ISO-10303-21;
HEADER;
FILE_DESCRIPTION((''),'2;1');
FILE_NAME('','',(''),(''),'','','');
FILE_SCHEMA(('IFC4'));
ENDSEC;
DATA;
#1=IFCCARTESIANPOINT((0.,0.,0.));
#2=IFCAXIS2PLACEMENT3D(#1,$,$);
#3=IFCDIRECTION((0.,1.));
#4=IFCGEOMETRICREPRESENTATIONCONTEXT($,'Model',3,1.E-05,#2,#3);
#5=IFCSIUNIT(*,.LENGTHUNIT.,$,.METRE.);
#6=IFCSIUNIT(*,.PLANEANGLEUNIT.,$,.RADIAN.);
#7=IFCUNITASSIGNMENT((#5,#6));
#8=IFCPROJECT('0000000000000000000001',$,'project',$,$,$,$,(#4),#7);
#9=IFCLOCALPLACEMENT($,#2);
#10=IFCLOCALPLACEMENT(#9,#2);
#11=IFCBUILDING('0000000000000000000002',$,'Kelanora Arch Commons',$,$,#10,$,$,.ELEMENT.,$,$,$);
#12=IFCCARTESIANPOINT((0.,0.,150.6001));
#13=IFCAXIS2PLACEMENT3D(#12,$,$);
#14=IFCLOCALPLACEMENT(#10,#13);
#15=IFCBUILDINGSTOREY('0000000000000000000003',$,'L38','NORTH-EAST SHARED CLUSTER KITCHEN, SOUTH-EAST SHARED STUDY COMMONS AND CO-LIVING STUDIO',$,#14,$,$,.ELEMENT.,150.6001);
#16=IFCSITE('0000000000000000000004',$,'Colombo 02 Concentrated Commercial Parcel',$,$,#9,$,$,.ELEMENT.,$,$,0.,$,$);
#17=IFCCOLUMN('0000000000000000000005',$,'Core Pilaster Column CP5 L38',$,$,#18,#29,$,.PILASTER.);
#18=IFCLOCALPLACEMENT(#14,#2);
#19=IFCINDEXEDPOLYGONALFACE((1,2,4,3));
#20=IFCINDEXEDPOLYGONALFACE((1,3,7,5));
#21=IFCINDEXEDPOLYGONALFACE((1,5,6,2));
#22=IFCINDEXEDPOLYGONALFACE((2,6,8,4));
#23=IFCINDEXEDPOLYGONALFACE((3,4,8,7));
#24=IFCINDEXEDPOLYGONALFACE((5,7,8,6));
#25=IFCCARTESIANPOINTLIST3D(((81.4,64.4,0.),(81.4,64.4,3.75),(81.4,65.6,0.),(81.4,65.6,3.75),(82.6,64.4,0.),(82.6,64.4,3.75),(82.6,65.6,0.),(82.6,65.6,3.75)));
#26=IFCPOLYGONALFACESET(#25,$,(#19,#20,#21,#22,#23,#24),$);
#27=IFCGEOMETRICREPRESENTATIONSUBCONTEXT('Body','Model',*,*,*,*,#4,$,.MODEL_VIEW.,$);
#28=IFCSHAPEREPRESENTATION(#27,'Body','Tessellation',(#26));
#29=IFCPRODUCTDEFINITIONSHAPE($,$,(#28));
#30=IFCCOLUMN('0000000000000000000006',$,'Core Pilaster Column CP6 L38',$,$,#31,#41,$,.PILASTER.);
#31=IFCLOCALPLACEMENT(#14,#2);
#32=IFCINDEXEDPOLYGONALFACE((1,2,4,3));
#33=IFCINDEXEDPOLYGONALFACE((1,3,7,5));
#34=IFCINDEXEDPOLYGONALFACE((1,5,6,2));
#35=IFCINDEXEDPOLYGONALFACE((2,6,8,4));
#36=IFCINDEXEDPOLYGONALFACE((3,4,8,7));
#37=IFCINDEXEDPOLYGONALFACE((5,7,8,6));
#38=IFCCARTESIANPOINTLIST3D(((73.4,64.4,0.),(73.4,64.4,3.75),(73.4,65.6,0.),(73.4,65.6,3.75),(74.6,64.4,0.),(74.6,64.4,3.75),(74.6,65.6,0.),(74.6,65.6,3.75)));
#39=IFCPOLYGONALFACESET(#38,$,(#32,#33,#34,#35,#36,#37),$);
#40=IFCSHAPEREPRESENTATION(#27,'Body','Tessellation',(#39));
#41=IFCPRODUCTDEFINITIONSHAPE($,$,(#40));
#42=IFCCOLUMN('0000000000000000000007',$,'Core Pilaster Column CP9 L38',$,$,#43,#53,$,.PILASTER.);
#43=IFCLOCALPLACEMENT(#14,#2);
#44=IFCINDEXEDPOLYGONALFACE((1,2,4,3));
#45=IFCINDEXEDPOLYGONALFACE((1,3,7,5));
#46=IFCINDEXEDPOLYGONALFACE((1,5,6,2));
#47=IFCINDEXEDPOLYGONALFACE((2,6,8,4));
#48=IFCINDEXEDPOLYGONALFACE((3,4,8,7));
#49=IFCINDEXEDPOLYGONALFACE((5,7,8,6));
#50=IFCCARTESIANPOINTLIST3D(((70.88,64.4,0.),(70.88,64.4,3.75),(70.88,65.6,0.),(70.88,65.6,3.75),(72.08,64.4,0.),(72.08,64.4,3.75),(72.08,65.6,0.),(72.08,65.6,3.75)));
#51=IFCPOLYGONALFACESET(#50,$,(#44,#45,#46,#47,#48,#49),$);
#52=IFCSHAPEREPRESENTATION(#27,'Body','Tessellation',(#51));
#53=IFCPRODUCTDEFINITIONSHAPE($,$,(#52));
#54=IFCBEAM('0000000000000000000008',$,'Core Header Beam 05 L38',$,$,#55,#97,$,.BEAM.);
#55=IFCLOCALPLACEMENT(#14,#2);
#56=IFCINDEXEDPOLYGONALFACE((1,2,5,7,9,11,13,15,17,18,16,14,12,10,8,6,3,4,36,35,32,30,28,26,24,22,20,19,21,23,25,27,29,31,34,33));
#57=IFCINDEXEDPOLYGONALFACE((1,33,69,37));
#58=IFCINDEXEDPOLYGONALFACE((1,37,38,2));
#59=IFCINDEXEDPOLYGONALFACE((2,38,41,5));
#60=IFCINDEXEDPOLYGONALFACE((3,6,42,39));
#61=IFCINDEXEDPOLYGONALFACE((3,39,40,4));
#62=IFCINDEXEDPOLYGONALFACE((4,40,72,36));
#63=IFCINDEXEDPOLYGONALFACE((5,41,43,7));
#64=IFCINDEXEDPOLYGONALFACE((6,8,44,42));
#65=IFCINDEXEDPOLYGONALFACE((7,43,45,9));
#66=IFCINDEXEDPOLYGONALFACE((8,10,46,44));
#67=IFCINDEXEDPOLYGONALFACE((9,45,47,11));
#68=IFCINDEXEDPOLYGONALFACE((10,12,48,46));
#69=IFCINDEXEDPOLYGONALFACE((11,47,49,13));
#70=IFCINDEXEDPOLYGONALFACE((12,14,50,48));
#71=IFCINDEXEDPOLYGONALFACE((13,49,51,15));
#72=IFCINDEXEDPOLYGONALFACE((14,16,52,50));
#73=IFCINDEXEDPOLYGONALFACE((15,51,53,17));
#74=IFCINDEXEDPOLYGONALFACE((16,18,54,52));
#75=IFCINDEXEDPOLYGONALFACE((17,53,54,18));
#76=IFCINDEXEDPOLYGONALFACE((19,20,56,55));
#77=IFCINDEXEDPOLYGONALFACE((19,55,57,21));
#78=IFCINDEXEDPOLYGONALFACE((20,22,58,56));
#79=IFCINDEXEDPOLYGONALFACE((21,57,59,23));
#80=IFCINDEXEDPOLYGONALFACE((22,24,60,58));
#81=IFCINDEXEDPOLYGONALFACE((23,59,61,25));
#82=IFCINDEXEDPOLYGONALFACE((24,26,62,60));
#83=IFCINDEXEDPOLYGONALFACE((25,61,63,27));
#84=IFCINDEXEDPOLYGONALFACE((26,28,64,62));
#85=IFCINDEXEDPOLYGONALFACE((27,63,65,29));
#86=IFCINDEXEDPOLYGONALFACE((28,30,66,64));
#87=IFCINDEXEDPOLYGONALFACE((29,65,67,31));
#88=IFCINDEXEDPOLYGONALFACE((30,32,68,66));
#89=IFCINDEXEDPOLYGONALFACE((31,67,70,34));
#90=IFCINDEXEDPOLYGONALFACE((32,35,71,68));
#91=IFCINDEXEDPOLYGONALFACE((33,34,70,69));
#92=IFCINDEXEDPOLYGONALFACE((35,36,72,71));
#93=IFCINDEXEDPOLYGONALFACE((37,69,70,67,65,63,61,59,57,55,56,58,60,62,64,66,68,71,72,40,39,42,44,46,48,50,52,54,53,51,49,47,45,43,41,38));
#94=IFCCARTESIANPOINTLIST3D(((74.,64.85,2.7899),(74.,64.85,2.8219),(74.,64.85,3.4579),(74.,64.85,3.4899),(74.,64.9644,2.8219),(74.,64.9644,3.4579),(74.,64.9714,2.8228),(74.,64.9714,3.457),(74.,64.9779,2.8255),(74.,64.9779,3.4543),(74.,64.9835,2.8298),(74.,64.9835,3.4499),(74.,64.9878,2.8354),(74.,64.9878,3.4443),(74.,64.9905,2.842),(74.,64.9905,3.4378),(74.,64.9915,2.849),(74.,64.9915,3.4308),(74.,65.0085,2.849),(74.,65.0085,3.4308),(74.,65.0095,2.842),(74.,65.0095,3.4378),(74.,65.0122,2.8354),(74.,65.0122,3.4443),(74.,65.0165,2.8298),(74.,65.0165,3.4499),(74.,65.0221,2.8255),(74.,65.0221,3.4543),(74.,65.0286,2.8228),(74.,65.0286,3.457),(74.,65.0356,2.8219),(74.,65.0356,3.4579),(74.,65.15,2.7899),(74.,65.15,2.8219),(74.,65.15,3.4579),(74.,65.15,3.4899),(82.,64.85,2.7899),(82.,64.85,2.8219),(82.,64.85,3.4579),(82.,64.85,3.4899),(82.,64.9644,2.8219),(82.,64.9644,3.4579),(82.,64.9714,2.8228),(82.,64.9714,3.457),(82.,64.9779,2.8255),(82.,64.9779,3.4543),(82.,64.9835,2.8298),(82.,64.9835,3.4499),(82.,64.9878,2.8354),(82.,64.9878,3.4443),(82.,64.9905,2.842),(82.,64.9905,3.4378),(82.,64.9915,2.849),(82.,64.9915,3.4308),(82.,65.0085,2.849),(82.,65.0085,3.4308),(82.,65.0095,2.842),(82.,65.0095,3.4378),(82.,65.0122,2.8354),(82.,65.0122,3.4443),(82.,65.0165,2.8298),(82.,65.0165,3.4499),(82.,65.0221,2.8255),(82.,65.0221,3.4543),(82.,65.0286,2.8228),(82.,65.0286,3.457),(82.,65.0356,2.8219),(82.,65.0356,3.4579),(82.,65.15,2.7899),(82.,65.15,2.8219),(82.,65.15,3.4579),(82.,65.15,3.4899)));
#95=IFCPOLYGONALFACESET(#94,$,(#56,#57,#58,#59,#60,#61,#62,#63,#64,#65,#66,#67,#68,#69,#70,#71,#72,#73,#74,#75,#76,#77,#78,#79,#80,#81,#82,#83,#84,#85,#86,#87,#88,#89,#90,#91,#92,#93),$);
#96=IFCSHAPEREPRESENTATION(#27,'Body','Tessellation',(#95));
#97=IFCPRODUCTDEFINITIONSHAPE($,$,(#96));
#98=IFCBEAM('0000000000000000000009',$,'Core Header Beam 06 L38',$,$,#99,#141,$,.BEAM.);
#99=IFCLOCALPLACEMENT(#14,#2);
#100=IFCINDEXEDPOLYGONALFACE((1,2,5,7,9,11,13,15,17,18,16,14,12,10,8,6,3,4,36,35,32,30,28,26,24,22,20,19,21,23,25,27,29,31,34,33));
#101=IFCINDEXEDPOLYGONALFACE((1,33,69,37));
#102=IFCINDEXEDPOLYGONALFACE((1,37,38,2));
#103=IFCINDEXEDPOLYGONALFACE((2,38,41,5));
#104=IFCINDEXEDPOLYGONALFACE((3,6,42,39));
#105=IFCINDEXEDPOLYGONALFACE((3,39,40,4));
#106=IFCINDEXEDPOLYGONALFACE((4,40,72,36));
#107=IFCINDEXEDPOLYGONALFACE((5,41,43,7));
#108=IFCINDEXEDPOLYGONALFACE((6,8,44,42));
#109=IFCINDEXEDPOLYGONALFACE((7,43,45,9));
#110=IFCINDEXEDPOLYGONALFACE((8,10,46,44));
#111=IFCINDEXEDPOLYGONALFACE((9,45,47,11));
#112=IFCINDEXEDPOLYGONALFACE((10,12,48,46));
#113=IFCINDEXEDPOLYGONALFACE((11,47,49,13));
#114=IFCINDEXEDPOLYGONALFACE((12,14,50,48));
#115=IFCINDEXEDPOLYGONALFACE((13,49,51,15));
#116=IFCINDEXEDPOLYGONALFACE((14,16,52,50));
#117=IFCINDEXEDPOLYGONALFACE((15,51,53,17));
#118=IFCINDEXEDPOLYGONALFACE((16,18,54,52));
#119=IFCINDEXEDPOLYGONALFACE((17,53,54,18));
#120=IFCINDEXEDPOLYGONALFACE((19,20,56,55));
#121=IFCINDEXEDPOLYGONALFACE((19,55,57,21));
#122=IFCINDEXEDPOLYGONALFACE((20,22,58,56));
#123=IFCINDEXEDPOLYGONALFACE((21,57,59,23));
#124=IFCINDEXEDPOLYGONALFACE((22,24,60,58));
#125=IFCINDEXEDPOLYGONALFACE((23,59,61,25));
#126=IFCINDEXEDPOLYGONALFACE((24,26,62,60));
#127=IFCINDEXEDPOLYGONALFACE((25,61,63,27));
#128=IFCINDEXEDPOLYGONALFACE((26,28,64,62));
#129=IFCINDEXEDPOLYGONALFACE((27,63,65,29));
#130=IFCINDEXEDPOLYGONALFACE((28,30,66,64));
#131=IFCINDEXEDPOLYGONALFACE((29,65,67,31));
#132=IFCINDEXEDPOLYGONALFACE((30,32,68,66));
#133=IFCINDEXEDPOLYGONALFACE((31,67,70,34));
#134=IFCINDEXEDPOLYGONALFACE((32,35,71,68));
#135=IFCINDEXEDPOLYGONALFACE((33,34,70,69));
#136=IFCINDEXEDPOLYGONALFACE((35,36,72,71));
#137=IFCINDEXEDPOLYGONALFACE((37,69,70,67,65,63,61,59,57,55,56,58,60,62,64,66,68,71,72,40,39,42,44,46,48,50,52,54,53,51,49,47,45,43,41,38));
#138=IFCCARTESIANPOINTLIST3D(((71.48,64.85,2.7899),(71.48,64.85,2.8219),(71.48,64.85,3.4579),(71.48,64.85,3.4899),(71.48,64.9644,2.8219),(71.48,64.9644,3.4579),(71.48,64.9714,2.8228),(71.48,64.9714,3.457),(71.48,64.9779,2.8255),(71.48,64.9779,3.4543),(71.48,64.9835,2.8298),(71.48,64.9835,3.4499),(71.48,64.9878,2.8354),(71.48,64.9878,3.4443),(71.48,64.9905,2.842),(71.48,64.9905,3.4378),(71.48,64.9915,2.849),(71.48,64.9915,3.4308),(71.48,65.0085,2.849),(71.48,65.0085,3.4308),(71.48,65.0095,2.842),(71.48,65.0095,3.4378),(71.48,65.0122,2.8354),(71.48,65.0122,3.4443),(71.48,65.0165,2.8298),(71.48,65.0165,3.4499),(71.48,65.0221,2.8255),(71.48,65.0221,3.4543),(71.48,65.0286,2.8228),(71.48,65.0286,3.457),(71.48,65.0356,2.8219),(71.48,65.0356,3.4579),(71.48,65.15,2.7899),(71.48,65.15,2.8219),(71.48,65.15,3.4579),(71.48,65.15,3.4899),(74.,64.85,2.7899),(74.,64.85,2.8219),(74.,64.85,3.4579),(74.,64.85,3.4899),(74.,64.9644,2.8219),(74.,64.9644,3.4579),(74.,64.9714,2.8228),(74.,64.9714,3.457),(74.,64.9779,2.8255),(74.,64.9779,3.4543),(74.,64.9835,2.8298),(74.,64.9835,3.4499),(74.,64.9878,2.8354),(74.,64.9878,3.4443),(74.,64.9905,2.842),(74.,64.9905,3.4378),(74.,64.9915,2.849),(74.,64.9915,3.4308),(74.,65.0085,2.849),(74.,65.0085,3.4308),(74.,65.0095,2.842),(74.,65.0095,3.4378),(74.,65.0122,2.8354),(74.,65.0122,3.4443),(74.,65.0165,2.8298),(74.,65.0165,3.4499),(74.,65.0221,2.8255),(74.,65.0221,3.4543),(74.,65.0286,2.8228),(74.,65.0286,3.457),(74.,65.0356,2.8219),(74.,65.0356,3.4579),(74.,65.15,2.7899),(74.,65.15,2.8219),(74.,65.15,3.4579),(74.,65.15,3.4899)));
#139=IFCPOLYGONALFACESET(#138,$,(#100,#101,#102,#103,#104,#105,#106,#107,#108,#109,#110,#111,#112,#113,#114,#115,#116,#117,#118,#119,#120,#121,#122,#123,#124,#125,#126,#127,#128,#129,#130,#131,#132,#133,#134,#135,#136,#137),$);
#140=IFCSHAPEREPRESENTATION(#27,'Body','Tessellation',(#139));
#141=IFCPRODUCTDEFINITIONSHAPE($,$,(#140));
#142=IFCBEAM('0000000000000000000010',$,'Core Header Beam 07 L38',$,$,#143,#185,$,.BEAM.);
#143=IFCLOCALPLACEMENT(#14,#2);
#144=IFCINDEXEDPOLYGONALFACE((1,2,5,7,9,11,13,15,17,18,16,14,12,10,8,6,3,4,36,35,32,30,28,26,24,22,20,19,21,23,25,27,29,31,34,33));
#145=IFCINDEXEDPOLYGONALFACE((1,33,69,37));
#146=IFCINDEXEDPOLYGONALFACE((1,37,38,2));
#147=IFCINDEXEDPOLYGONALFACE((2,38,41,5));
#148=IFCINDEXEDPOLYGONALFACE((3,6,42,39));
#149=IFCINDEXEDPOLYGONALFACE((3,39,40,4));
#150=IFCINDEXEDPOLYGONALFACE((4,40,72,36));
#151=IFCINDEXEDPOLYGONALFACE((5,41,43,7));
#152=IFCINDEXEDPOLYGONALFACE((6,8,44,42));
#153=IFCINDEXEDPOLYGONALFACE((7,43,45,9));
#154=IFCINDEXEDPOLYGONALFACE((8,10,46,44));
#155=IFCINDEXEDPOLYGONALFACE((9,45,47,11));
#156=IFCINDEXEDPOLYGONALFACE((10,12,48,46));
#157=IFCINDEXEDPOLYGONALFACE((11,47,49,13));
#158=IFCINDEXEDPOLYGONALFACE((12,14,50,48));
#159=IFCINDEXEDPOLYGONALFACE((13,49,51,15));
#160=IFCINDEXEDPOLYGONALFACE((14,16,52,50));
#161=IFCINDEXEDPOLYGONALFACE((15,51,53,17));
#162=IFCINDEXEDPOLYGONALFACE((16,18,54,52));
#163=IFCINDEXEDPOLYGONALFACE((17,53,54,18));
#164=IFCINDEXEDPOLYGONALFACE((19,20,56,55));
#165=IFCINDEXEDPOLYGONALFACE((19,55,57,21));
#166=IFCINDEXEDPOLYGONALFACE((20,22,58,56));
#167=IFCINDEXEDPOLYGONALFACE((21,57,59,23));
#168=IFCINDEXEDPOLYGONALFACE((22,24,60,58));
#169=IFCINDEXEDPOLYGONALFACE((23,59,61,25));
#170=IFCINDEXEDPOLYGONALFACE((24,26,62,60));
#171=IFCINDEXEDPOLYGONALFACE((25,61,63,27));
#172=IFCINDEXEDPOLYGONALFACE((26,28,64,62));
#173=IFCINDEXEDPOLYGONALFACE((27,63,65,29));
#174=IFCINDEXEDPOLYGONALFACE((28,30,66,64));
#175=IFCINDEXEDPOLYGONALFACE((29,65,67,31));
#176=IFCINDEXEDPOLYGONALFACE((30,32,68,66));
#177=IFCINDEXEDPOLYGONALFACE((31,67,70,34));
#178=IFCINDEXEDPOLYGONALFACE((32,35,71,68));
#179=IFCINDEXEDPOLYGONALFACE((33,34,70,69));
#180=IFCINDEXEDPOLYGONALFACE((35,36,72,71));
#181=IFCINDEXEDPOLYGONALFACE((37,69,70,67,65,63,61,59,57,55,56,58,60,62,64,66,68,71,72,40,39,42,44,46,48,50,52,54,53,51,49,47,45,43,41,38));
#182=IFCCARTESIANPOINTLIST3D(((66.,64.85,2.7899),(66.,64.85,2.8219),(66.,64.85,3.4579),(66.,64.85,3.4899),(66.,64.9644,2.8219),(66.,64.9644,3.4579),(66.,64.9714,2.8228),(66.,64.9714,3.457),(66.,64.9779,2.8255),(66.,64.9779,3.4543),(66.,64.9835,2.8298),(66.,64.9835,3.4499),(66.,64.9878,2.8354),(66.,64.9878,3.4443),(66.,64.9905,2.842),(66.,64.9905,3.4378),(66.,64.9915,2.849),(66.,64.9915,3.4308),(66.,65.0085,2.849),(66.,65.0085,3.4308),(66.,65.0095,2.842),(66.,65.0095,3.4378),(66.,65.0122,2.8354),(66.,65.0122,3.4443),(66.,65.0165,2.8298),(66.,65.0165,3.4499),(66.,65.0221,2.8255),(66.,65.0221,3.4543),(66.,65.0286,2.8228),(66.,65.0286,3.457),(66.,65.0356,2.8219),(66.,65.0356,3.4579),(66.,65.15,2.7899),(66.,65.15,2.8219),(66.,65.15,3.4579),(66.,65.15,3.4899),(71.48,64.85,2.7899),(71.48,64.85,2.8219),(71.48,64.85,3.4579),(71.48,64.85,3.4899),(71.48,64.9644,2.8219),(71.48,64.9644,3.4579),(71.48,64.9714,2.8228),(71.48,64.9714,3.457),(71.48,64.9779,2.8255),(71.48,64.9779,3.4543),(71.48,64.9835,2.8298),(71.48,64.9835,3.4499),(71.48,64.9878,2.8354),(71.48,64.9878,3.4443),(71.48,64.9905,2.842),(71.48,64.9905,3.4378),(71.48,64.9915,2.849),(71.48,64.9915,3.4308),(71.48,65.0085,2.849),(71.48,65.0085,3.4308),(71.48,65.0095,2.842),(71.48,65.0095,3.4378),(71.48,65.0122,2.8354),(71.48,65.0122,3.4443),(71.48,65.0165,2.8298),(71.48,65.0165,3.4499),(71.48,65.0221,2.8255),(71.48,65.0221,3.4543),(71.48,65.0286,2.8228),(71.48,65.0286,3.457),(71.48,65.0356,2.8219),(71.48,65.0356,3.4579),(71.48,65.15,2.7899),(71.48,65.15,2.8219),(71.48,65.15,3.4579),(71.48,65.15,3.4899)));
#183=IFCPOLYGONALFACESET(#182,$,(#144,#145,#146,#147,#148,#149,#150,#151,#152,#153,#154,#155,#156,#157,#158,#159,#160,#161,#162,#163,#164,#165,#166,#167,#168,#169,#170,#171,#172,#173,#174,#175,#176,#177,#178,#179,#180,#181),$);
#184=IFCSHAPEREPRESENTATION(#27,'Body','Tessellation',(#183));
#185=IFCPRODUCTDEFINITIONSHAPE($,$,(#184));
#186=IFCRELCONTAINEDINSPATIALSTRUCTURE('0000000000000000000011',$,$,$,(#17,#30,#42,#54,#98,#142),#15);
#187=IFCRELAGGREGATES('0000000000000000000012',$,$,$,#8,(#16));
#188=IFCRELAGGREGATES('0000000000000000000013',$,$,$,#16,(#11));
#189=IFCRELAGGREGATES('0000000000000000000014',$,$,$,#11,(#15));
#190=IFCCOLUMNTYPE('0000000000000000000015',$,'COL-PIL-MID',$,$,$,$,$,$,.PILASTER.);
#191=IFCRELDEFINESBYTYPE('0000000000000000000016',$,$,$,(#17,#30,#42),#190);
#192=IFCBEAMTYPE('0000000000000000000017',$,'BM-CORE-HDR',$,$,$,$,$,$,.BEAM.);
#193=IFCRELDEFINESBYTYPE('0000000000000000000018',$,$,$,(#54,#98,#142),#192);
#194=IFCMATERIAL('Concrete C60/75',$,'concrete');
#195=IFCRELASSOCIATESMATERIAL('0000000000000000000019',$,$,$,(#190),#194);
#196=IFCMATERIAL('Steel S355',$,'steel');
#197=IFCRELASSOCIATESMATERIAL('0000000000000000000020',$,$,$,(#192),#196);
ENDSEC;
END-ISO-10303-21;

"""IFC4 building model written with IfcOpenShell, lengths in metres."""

from ifc_helpers import new_model, si_unit, direction, frame, origin, origin_2d, place, context, subcontext, project, spatial, rectangle, i_section, extrude, material, material_profile, profile_set, type_object, element, save


model = new_model("IFC4")

# Units and contexts
model_context = context("Model", 3, precision=1e-05, world=origin(), true_north=direction((0.0, 1.0)))
body_context = subcontext(model_context, "Body", "Model", "MODEL_VIEW")
ifc_project = project(units=[si_unit("LENGTHUNIT", "METRE"), si_unit("PLANEANGLEUNIT", "RADIAN")], contexts=[model_context])

# Site, building, storey
site_placement = place(None, origin())
site = spatial("IfcSite", under=ifc_project, at=site_placement, Name="Colombo 02 Concentrated Commercial Parcel", CompositionType="ELEMENT", RefElevation=0.0)
building_placement = place(site_placement, origin())
building = spatial("IfcBuilding", under=site, at=building_placement, Name="Kelanora Arch Commons", CompositionType="ELEMENT")
storey_placement = place(building_placement, frame((0.0, 0.0, 150.6001)))
storey = spatial("IfcBuildingStorey", under=building, at=storey_placement, Name="L38", Description="NORTH-EAST SHARED CLUSTER KITCHEN, SOUTH-EAST SHARED STUDY COMMONS AND CO-LIVING STUDIO", CompositionType="ELEMENT", Elevation=150.6001)

# Columns
ifc_material_1 = material(Name="Concrete C60/75", Category="concrete")
ifc_material_profile_1 = material_profile(ifc_material_1, rectangle(XDim=1.2, YDim=1.2, at=origin_2d()), Name="RC1200x1200")
ifc_profile_set_1 = profile_set([ifc_material_profile_1], Name="Concrete C60/75")
column_type = type_object("IfcColumnType", Name="COL-PIL-MID", PredefinedType="PILASTER", material=ifc_profile_set_1)
for number, where, z_axis, x_axis, name in (
    (1, (82.0, 65.0, 0.0), (0.0, 0.0, 1.0), (1.0, 0.0, 0.0), "Core Pilaster Column CP5 L38"),
    (2, (74.0, 65.0, 0.0), (0.0, 0.0, 1.0), (1.0, 0.0, 0.0), "Core Pilaster Column CP6 L38"),
    (3, (71.48, 65.0, 0.0), (0.0, 0.0, 1.0), (1.0, 0.0, 0.0), "Core Pilaster Column CP9 L38"),
):
    element("IfcColumn", number, at=place(storey_placement, frame(where, z_axis=z_axis, x_axis=x_axis)), inside=storey, type_object=column_type, Name=name, PredefinedType="PILASTER", context=body_context, shape_type="SweptSolid", body=[
        extrude(rectangle(XDim=1.2, YDim=1.2, at=origin_2d()), origin(), (0.0, 0.0, 1.0), 3.75),
    ])

# Beams
ifc_material_2 = material(Name="Steel S355", Category="steel")
ifc_material_profile_2 = material_profile(ifc_material_2, i_section(OverallWidth=0.3, OverallDepth=0.7, WebThickness=0.0171, FlangeThickness=0.032, FilletRadius=0.0271, at=origin_2d()), Name="HEB700")
ifc_profile_set_2 = profile_set([ifc_material_profile_2], Name="Steel S355")
beam_type_1 = type_object("IfcBeamType", Name="BM-CORE-HDR", PredefinedType="BEAM", material=ifc_profile_set_2)
beam_1_placement = place(storey_placement, frame((82.0, 65.0, 3.1399), z_axis=(-1.0, 0.0, 0.0), x_axis=(0.0, -1.0, 0.0)))
element("IfcBeam", 4, at=beam_1_placement, inside=storey, type_object=beam_type_1, Name="Core Header Beam 05 L38", PredefinedType="BEAM", context=body_context, shape_type="SweptSolid", body=[
    extrude(i_section(OverallWidth=0.3, OverallDepth=0.7, WebThickness=0.0171, FlangeThickness=0.032, FilletRadius=0.0271, at=origin_2d()), origin(), (0.0, 0.0, 1.0), 8.0),
])
beam_2_placement = place(storey_placement, frame((74.0, 65.0, 3.1399), z_axis=(-1.0, 0.0, 0.0), x_axis=(0.0, -1.0, 0.0)))
element("IfcBeam", 5, at=beam_2_placement, inside=storey, type_object=beam_type_1, Name="Core Header Beam 06 L38", PredefinedType="BEAM", context=body_context, shape_type="SweptSolid", body=[
    extrude(i_section(OverallWidth=0.3, OverallDepth=0.7, WebThickness=0.0171, FlangeThickness=0.032, FilletRadius=0.0271, at=origin_2d()), origin(), (0.0, 0.0, 1.0), 2.52),
])
beam_3_placement = place(storey_placement, frame((71.48, 65.0, 3.1399), z_axis=(-1.0, 0.0, 0.0), x_axis=(0.0, -1.0, 0.0)))
element("IfcBeam", 6, at=beam_3_placement, inside=storey, type_object=beam_type_1, Name="Core Header Beam 07 L38", PredefinedType="BEAM", context=body_context, shape_type="SweptSolid", body=[
    extrude(i_section(OverallWidth=0.3, OverallDepth=0.7, WebThickness=0.0171, FlangeThickness=0.032, FilletRadius=0.0271, at=origin_2d()), origin(), (0.0, 0.0, 1.0), 5.48),
])

save(model, "model.ifc")
